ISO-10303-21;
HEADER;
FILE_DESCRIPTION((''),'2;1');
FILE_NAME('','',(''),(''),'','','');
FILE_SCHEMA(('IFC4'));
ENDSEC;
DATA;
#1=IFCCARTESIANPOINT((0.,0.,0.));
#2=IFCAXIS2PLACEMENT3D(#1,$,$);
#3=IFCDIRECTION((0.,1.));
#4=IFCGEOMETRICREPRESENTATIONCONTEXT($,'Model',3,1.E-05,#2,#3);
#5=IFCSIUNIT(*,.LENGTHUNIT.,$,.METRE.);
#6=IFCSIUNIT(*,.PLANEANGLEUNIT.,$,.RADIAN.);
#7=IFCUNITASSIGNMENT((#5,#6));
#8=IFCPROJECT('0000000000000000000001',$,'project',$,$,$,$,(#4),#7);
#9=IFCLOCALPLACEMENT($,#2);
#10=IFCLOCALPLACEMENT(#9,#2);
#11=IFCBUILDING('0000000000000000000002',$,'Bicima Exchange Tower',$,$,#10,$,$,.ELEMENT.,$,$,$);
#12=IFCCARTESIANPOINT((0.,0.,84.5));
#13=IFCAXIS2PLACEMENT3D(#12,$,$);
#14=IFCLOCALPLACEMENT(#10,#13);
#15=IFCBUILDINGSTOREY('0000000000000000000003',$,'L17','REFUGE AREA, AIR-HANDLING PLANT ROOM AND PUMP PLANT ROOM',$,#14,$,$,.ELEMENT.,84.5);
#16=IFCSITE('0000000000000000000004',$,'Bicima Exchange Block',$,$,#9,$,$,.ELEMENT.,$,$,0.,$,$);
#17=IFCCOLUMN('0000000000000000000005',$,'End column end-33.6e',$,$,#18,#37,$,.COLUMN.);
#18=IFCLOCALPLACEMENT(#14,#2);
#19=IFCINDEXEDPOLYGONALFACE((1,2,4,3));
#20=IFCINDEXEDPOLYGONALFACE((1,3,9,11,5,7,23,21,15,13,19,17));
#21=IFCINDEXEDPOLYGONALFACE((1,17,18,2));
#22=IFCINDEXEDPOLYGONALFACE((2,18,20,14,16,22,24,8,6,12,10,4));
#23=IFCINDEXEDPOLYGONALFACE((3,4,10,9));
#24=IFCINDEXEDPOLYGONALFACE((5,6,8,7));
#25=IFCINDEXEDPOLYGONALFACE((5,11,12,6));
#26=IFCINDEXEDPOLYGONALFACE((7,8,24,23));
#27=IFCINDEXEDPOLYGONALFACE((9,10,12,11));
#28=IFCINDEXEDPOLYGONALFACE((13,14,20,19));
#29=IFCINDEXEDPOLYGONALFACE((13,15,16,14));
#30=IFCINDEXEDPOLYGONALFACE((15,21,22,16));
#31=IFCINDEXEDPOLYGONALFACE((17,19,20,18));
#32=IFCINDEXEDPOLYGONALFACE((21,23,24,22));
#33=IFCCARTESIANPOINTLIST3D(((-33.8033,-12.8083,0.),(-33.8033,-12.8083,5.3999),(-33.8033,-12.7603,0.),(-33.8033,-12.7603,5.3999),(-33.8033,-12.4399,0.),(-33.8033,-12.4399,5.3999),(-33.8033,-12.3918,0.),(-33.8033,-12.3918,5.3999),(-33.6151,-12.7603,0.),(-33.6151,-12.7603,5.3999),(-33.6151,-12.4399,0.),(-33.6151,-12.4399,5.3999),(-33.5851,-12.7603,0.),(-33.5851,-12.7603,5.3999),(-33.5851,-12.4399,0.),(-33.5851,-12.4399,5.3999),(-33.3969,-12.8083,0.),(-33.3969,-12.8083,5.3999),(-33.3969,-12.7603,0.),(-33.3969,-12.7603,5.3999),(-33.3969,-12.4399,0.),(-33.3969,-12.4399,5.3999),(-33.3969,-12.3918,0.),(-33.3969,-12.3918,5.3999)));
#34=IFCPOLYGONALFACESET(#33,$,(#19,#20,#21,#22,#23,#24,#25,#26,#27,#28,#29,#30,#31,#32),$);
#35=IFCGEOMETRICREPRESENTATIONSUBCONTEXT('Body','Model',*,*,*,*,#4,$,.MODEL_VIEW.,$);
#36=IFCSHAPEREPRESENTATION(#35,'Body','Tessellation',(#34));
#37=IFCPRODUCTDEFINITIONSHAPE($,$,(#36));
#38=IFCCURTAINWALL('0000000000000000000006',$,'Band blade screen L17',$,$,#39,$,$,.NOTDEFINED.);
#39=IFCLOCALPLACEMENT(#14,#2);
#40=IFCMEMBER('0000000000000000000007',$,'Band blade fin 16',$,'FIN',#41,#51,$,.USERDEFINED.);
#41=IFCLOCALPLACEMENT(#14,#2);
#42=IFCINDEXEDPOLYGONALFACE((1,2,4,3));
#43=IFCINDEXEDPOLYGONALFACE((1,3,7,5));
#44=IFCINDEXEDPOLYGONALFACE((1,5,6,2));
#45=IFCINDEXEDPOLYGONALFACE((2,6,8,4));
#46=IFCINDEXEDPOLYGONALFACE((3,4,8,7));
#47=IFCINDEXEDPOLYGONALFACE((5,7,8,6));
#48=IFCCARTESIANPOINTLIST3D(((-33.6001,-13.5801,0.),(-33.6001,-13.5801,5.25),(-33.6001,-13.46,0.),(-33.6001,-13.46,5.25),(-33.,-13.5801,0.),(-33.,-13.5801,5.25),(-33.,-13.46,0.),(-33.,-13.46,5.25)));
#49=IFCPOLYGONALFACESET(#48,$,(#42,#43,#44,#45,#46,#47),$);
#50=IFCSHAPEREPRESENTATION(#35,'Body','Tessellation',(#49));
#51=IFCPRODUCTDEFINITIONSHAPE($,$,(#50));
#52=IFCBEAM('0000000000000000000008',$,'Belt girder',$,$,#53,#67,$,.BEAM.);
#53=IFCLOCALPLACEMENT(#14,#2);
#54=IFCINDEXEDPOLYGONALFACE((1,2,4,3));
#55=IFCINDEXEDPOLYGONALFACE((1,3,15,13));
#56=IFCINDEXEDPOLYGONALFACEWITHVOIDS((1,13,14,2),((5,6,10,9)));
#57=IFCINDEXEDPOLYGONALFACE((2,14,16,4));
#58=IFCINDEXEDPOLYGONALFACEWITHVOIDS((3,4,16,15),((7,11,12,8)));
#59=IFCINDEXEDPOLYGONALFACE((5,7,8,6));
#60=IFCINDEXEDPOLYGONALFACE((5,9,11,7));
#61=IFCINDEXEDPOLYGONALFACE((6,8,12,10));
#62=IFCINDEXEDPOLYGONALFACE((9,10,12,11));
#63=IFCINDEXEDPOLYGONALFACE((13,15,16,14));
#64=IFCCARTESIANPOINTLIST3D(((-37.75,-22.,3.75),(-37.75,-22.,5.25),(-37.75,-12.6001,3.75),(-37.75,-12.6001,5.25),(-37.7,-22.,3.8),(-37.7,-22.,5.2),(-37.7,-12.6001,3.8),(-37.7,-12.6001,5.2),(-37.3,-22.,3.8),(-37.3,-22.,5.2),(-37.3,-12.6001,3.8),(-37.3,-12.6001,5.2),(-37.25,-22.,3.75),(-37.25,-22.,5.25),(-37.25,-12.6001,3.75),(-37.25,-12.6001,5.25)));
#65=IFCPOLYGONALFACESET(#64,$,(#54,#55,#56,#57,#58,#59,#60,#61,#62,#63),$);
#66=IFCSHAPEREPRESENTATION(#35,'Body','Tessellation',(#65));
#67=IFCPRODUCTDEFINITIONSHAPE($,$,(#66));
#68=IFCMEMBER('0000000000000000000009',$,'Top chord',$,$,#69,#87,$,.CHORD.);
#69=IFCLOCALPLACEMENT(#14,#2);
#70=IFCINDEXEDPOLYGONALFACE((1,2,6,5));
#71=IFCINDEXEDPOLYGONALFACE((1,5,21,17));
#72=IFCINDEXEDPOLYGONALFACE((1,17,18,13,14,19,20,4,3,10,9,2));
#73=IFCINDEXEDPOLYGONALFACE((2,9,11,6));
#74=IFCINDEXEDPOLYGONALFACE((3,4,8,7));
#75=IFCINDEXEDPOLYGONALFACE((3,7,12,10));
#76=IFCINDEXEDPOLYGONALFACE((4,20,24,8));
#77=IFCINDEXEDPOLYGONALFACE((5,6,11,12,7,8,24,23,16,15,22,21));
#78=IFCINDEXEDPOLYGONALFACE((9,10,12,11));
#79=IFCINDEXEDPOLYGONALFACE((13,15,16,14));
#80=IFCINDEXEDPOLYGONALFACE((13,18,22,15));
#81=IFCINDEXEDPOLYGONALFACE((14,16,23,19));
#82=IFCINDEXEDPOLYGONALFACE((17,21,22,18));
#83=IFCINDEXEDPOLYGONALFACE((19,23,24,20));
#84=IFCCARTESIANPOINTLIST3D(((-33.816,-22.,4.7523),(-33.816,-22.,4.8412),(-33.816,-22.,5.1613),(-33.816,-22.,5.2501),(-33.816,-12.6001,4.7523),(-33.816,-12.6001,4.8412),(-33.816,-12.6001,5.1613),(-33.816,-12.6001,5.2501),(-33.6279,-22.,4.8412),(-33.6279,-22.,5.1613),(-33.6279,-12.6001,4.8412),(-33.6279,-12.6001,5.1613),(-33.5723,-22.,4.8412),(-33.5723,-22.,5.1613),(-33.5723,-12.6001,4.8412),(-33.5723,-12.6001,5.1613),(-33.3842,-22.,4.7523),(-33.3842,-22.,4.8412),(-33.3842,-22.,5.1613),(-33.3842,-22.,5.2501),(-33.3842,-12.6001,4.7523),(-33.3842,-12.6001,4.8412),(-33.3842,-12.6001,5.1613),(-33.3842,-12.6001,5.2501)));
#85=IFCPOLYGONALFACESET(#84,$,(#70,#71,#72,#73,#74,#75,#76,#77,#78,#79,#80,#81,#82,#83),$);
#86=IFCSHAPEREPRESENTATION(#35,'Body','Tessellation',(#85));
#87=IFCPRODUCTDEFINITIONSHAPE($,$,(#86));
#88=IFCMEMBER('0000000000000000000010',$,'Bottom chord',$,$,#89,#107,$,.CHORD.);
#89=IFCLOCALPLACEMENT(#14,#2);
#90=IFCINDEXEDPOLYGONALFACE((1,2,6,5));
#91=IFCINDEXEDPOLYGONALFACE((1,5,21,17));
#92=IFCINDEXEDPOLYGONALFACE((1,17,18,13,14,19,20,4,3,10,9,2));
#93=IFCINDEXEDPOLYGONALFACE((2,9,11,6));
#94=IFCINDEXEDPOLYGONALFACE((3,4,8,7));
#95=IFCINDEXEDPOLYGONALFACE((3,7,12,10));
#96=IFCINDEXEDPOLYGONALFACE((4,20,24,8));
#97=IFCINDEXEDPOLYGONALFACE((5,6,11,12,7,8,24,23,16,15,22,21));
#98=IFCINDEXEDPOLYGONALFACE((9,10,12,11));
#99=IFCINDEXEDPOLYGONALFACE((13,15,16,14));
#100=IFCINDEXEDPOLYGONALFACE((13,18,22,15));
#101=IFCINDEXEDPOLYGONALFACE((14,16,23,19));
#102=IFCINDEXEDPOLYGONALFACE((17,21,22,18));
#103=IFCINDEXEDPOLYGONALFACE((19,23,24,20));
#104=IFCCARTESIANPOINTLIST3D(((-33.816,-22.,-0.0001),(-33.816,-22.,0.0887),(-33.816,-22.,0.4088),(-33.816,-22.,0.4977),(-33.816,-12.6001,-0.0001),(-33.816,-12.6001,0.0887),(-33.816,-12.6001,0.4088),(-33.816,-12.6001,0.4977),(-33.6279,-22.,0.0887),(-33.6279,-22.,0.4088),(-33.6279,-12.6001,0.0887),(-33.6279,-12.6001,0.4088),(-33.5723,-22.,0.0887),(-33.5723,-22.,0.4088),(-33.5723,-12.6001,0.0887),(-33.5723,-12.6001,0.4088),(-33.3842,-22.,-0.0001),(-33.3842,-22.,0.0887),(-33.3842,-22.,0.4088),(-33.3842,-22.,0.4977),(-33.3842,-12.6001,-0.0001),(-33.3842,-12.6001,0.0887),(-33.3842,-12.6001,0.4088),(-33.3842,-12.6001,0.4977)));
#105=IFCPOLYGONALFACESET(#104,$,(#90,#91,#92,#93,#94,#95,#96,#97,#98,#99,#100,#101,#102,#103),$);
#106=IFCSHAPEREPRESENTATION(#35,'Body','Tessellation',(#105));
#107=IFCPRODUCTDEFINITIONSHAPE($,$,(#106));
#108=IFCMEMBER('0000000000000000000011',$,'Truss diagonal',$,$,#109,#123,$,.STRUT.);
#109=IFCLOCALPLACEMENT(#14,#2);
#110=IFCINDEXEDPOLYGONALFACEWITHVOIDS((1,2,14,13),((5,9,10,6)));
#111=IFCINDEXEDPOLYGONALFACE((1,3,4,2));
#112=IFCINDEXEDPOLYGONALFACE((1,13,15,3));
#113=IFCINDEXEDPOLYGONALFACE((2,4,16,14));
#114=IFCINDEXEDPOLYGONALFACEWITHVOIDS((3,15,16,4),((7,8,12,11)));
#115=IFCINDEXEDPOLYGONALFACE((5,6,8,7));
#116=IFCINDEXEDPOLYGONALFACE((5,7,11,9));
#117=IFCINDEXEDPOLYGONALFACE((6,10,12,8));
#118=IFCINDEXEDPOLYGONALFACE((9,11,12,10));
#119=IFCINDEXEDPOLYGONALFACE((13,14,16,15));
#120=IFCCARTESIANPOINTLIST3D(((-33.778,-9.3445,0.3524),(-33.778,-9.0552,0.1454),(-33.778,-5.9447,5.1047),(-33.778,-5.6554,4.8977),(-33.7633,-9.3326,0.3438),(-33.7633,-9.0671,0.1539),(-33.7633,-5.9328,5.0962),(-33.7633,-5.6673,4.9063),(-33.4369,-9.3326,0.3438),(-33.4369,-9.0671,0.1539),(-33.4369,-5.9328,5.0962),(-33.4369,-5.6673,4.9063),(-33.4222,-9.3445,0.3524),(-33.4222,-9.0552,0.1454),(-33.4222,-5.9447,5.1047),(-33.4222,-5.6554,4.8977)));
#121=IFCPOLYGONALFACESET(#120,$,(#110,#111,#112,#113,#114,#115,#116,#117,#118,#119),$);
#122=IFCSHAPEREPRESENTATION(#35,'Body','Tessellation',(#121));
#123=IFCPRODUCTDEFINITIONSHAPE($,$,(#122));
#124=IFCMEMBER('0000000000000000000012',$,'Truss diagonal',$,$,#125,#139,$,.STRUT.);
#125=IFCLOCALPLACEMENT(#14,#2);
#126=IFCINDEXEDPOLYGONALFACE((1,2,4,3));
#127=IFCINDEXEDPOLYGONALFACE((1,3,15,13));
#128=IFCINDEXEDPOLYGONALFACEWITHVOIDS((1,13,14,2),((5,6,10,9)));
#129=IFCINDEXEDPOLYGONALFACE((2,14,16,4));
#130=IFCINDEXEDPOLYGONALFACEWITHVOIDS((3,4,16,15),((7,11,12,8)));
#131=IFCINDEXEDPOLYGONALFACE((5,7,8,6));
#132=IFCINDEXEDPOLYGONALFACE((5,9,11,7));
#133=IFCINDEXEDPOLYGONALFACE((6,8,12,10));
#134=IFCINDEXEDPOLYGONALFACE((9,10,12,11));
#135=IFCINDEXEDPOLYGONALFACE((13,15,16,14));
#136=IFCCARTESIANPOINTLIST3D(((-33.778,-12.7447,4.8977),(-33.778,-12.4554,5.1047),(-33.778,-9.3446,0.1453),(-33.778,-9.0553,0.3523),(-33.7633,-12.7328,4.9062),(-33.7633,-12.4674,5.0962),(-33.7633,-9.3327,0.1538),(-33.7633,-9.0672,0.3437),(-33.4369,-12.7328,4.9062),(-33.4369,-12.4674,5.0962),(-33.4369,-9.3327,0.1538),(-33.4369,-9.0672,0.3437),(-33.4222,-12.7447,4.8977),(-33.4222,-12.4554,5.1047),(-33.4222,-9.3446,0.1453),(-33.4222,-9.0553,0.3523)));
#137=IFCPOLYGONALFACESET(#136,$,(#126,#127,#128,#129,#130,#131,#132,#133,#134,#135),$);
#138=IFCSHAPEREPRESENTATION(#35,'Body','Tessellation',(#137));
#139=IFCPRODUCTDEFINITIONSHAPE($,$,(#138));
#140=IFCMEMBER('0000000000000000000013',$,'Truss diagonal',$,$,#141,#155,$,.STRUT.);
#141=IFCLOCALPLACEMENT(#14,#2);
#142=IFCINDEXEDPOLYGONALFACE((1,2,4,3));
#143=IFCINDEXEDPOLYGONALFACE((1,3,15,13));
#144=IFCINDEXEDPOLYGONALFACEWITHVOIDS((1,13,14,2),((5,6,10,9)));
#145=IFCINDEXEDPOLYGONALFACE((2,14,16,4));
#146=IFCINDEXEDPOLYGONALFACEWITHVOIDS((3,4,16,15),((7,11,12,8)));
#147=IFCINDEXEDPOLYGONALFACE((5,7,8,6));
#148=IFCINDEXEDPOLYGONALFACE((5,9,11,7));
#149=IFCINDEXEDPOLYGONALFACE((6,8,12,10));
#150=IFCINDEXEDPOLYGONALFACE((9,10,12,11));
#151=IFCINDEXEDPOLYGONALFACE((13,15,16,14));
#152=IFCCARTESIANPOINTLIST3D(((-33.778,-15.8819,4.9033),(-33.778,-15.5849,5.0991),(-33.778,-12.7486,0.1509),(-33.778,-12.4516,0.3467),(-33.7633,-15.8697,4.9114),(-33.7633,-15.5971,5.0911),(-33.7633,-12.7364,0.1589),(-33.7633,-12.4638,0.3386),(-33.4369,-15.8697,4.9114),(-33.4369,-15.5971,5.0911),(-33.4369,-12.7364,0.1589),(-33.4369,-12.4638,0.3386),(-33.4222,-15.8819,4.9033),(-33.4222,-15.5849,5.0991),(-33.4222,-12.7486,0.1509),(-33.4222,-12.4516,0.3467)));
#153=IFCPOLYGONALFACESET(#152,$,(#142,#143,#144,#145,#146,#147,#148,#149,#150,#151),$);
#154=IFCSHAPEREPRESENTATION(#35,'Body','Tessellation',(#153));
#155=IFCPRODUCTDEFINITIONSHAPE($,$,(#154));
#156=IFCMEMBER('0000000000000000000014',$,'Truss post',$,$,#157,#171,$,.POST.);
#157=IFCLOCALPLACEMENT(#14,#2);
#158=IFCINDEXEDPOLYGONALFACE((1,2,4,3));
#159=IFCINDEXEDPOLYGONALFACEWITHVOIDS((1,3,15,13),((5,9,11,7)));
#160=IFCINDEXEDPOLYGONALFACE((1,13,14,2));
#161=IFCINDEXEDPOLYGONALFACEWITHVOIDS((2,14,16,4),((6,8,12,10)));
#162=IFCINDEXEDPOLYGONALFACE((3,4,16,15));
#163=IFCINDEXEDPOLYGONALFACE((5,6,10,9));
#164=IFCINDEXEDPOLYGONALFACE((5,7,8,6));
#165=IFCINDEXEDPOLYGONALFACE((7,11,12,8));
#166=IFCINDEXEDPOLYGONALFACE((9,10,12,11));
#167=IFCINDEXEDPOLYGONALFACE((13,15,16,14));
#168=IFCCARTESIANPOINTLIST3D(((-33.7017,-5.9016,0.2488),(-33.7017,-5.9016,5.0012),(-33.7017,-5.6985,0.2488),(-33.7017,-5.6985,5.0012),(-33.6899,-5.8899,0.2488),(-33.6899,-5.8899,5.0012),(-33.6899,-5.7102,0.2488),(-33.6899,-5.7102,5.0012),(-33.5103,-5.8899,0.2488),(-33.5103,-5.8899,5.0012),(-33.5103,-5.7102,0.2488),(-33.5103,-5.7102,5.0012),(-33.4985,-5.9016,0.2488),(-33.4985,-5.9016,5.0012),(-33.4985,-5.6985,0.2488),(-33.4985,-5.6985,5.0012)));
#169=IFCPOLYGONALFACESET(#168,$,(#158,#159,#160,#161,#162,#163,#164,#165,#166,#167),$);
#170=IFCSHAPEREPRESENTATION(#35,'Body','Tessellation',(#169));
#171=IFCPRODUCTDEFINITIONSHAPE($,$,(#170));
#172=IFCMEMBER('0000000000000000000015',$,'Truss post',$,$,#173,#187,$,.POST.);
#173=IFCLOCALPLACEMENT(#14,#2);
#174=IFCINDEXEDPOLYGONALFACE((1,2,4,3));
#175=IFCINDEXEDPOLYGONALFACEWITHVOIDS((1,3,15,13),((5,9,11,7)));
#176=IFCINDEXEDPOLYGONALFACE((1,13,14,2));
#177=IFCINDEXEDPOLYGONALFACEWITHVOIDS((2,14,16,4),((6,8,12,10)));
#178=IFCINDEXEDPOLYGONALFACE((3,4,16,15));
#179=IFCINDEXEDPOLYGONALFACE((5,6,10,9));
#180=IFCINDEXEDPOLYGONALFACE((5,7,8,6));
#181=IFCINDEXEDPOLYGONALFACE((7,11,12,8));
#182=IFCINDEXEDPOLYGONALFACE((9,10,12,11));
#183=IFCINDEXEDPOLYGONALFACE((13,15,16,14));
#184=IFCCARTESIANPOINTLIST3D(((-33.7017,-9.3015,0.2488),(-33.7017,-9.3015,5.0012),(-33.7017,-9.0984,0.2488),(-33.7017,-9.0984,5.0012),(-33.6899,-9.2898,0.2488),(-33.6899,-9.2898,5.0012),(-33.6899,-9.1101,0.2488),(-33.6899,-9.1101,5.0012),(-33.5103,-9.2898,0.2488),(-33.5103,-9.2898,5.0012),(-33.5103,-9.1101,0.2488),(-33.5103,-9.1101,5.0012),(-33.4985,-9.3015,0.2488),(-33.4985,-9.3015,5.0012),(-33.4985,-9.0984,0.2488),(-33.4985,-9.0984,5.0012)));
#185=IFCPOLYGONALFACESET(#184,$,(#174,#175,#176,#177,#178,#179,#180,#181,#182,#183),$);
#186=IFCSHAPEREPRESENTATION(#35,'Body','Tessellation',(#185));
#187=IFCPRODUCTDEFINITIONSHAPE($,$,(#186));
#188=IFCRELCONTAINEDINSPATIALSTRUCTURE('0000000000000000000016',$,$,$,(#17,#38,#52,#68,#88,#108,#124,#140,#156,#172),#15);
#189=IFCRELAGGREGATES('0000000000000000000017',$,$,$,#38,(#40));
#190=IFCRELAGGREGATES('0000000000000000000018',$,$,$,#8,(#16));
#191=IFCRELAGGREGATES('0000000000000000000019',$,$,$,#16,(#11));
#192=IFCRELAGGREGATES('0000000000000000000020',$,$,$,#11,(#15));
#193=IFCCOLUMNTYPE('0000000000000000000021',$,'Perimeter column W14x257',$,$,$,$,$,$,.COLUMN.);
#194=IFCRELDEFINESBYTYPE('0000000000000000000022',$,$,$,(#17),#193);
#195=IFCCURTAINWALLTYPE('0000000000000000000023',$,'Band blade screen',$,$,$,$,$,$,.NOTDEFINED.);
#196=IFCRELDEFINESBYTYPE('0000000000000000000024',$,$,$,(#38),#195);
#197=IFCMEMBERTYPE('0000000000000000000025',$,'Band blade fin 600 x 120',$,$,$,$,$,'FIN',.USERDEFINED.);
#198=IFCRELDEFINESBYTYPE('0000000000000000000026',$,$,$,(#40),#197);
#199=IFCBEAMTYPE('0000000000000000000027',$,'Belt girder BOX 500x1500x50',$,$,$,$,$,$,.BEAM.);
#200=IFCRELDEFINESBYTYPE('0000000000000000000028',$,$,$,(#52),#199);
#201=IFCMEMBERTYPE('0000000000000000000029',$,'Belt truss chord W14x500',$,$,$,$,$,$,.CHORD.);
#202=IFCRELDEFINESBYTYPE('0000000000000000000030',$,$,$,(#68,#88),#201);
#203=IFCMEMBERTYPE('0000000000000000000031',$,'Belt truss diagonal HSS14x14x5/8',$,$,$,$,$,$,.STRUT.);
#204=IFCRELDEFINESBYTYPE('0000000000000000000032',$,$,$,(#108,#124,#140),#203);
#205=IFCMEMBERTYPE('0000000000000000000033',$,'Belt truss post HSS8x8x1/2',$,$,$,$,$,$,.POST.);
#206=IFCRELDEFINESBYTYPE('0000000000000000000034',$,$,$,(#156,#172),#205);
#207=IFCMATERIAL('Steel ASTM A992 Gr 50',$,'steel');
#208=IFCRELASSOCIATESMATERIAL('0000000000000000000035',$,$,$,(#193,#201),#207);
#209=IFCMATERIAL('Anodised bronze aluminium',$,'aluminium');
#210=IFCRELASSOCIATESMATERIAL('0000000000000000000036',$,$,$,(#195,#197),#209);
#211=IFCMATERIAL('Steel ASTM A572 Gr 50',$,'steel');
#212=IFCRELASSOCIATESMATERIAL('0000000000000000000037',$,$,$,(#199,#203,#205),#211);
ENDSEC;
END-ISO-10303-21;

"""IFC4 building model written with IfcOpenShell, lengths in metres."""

from ifc_helpers import new_model, si_unit, direction, frame, origin, origin_2d, place, context, subcontext, project, spatial, rectangle, hollow_rectangle, i_section, extrude, material, material_profile, profile_set, type_object, element, aggregate, save


model = new_model("IFC4")

# Units and contexts
model_context = context("Model", 3, precision=1e-05, world=origin(), true_north=direction((0.0, 1.0)))
body_context = subcontext(model_context, "Body", "Model", "MODEL_VIEW")
ifc_project = project(units=[si_unit("LENGTHUNIT", "METRE"), si_unit("PLANEANGLEUNIT", "RADIAN")], contexts=[model_context])

# Site, building, storey
site_placement = place(None, origin())
site = spatial("IfcSite", under=ifc_project, at=site_placement, Name="Bicima Exchange Block", CompositionType="ELEMENT", RefElevation=0.0)
building_placement = place(site_placement, origin())
building = spatial("IfcBuilding", under=site, at=building_placement, Name="Bicima Exchange Tower", CompositionType="ELEMENT")
storey_placement = place(building_placement, frame((0.0, 0.0, 84.5)))
storey = spatial("IfcBuildingStorey", under=building, at=storey_placement, Name="L17", Description="REFUGE AREA, AIR-HANDLING PLANT ROOM AND PUMP PLANT ROOM", CompositionType="ELEMENT", Elevation=84.5)

# Column
ifc_material_1 = material(Name="Steel ASTM A992 Gr 50", Category="steel")
ifc_material_profile_1 = material_profile(ifc_material_1, i_section(OverallWidth=0.4065, OverallDepth=0.4165, WebThickness=0.03, FlangeThickness=0.0481, at=origin_2d()))
ifc_profile_set_1 = profile_set([ifc_material_profile_1], Name="Steel ASTM A992 Gr 50")
column_type = type_object("IfcColumnType", Name="Perimeter column W14x257", PredefinedType="COLUMN", material=ifc_profile_set_1)
column_placement = place(storey_placement, frame((-33.6001, -12.6001, 0.0), z_axis=(0.0, 0.0, 1.0), x_axis=(1.0, 0.0, 0.0)))
element("IfcColumn", 1, at=column_placement, inside=storey, type_object=column_type, Name="End column end-33.6e", PredefinedType="COLUMN", context=body_context, shape_type="SweptSolid", body=[
    extrude(i_section(OverallWidth=0.4065, OverallDepth=0.4165, WebThickness=0.03, FlangeThickness=0.0481, at=origin_2d()), origin(), (0.0, 0.0, 1.0), 5.3999),
])

# Curtain wall, member
ifc_material_2 = material(Name="Anodised bronze aluminium", Category="aluminium")
curtain_wall_type = type_object("IfcCurtainWallType", Name="Band blade screen", PredefinedType="NOTDEFINED", material=ifc_material_2)
curtain_wall_placement = place(storey_placement, origin())
curtain_wall = element("IfcCurtainWall", 2, at=curtain_wall_placement, inside=storey, type_object=curtain_wall_type, Name="Band blade screen L17", PredefinedType="NOTDEFINED")
ifc_material_profile_2 = material_profile(ifc_material_2, rectangle(XDim=0.6001, YDim=0.1201, at=origin_2d()))
ifc_profile_set_2 = profile_set([ifc_material_profile_2], Name="Anodised bronze aluminium")
member_type_1 = type_object("IfcMemberType", Name="Band blade fin 600 x 120", ElementType="FIN", PredefinedType="USERDEFINED", material=ifc_profile_set_2)
member_1_placement = place(storey_placement, frame((-33.3, -13.52, 0.0), z_axis=(0.0, 0.0, 1.0), x_axis=(1.0, 0.0, 0.0)))
member_1 = element("IfcMember", 3, at=member_1_placement, type_object=member_type_1, Name="Band blade fin 16", ObjectType="FIN", PredefinedType="USERDEFINED", context=body_context, shape_type="SweptSolid", body=[
    extrude(rectangle(XDim=0.6001, YDim=0.1201, at=origin_2d()), origin(), (0.0, 0.0, 1.0), 5.25),
])
aggregate(curtain_wall, [member_1])

# Beam
ifc_material_3 = material(Name="Steel ASTM A572 Gr 50", Category="steel")
ifc_material_profile_3 = material_profile(ifc_material_3, hollow_rectangle(XDim=0.5, YDim=1.5, WallThickness=0.05, at=origin_2d()))
ifc_profile_set_3 = profile_set([ifc_material_profile_3], Name="Steel ASTM A572 Gr 50")
beam_type_1 = type_object("IfcBeamType", Name="Belt girder BOX 500x1500x50", PredefinedType="BEAM", material=ifc_profile_set_3)
beam_1_placement = place(storey_placement, frame((-37.5, -12.6001, 4.5), z_axis=(0.0, -1.0, 0.0), x_axis=(1.0, 0.0, 0.0)))
element("IfcBeam", 4, at=beam_1_placement, inside=storey, type_object=beam_type_1, Name="Belt girder", PredefinedType="BEAM", context=body_context, shape_type="SweptSolid", body=[
    extrude(hollow_rectangle(XDim=0.5, YDim=1.5, WallThickness=0.05, at=origin_2d()), origin(), (0.0, 0.0, 1.0), 9.3999),
])

# Members
ifc_material_profile_4 = material_profile(ifc_material_1, i_section(OverallWidth=0.4319, OverallDepth=0.4978, WebThickness=0.0557, FlangeThickness=0.0889, at=origin_2d()))
ifc_profile_set_4 = profile_set([ifc_material_profile_4], Name="Steel ASTM A992 Gr 50")
member_type_2 = type_object("IfcMemberType", Name="Belt truss chord W14x500", PredefinedType="CHORD", material=ifc_profile_set_4)
for number, where, z_axis, x_axis, name in (
    (5, (-33.6001, -12.6001, 5.0012), (0.0, -1.0, 0.0), (1.0, 0.0, 0.0), "Top chord"),
    (6, (-33.6001, -12.6001, 0.2488), (0.0, -1.0, 0.0), (1.0, 0.0, 0.0), "Bottom chord"),
):
    element("IfcMember", number, at=place(storey_placement, frame(where, z_axis=z_axis, x_axis=x_axis)), inside=storey, type_object=member_type_2, Name=name, PredefinedType="CHORD", context=body_context, shape_type="SweptSolid", body=[
        extrude(i_section(OverallWidth=0.4319, OverallDepth=0.4978, WebThickness=0.0557, FlangeThickness=0.0889, at=origin_2d()), origin(), (0.0, 0.0, 1.0), 9.3999),
    ])
ifc_material_profile_5 = material_profile(ifc_material_3, hollow_rectangle(XDim=0.3557, YDim=0.3557, WallThickness=0.0146, at=origin_2d()))
ifc_profile_set_5 = profile_set([ifc_material_profile_5], Name="Steel ASTM A572 Gr 50")
member_type_3 = type_object("IfcMemberType", Name="Belt truss diagonal HSS14x14x5/8", PredefinedType="STRUT", material=ifc_profile_set_5)
member_2_placement = place(storey_placement, frame((-33.6001, -5.8, 5.0012), z_axis=(0.0, -0.581839, -0.813304), x_axis=(1.0, 0.0, 0.0)))
element("IfcMember", 7, at=member_2_placement, inside=storey, type_object=member_type_3, Name="Truss diagonal", PredefinedType="STRUT", context=body_context, shape_type="SweptSolid", body=[
    extrude(hollow_rectangle(XDim=0.3557, YDim=0.3557, WallThickness=0.0146, at=origin_2d()), origin(), (0.0, 0.0, 1.0), 5.8433),
])
member_3_placement = place(storey_placement, frame((-33.6001, -9.2, 0.2488), z_axis=(0.0, -0.581866, 0.813284), x_axis=(1.0, 0.0, 0.0)))
element("IfcMember", 8, at=member_3_placement, inside=storey, type_object=member_type_3, Name="Truss diagonal", PredefinedType="STRUT", context=body_context, shape_type="SweptSolid", body=[
    extrude(hollow_rectangle(XDim=0.3557, YDim=0.3557, WallThickness=0.0146, at=origin_2d()), origin(), (0.0, 0.0, 1.0), 5.8435),
])
member_4_placement = place(storey_placement, frame((-33.6001, -12.6001, 0.2488), z_axis=(0.0, -0.550437, 0.834877), x_axis=(1.0, 0.0, 0.0)))
element("IfcMember", 9, at=member_4_placement, inside=storey, type_object=member_type_3, Name="Truss diagonal", PredefinedType="STRUT", context=body_context, shape_type="SweptSolid", body=[
    extrude(hollow_rectangle(XDim=0.3557, YDim=0.3557, WallThickness=0.0146, at=origin_2d()), origin(), (0.0, 0.0, 1.0), 5.6924),
])
ifc_material_profile_6 = material_profile(ifc_material_3, hollow_rectangle(XDim=0.2031, YDim=0.2031, WallThickness=0.0117, at=origin_2d()))
ifc_profile_set_6 = profile_set([ifc_material_profile_6], Name="Steel ASTM A572 Gr 50")
member_type_4 = type_object("IfcMemberType", Name="Belt truss post HSS8x8x1/2", PredefinedType="POST", material=ifc_profile_set_6)
for number, where, z_axis, x_axis, name in (
    (10, (-33.6001, -5.8, 0.2488), (0.0, 0.0, 1.0), (1.0, 0.0, 0.0), "Truss post"),
    (11, (-33.6001, -9.2, 0.2488), (0.0, 0.0, 1.0), (1.0, 0.0, 0.0), "Truss post"),
):
    element("IfcMember", number, at=place(storey_placement, frame(where, z_axis=z_axis, x_axis=x_axis)), inside=storey, type_object=member_type_4, Name=name, PredefinedType="POST", context=body_context, shape_type="SweptSolid", body=[
        extrude(hollow_rectangle(XDim=0.2031, YDim=0.2031, WallThickness=0.0117, at=origin_2d()), origin(), (0.0, 0.0, 1.0), 4.7524),
    ])

save(model, "model.ifc")
